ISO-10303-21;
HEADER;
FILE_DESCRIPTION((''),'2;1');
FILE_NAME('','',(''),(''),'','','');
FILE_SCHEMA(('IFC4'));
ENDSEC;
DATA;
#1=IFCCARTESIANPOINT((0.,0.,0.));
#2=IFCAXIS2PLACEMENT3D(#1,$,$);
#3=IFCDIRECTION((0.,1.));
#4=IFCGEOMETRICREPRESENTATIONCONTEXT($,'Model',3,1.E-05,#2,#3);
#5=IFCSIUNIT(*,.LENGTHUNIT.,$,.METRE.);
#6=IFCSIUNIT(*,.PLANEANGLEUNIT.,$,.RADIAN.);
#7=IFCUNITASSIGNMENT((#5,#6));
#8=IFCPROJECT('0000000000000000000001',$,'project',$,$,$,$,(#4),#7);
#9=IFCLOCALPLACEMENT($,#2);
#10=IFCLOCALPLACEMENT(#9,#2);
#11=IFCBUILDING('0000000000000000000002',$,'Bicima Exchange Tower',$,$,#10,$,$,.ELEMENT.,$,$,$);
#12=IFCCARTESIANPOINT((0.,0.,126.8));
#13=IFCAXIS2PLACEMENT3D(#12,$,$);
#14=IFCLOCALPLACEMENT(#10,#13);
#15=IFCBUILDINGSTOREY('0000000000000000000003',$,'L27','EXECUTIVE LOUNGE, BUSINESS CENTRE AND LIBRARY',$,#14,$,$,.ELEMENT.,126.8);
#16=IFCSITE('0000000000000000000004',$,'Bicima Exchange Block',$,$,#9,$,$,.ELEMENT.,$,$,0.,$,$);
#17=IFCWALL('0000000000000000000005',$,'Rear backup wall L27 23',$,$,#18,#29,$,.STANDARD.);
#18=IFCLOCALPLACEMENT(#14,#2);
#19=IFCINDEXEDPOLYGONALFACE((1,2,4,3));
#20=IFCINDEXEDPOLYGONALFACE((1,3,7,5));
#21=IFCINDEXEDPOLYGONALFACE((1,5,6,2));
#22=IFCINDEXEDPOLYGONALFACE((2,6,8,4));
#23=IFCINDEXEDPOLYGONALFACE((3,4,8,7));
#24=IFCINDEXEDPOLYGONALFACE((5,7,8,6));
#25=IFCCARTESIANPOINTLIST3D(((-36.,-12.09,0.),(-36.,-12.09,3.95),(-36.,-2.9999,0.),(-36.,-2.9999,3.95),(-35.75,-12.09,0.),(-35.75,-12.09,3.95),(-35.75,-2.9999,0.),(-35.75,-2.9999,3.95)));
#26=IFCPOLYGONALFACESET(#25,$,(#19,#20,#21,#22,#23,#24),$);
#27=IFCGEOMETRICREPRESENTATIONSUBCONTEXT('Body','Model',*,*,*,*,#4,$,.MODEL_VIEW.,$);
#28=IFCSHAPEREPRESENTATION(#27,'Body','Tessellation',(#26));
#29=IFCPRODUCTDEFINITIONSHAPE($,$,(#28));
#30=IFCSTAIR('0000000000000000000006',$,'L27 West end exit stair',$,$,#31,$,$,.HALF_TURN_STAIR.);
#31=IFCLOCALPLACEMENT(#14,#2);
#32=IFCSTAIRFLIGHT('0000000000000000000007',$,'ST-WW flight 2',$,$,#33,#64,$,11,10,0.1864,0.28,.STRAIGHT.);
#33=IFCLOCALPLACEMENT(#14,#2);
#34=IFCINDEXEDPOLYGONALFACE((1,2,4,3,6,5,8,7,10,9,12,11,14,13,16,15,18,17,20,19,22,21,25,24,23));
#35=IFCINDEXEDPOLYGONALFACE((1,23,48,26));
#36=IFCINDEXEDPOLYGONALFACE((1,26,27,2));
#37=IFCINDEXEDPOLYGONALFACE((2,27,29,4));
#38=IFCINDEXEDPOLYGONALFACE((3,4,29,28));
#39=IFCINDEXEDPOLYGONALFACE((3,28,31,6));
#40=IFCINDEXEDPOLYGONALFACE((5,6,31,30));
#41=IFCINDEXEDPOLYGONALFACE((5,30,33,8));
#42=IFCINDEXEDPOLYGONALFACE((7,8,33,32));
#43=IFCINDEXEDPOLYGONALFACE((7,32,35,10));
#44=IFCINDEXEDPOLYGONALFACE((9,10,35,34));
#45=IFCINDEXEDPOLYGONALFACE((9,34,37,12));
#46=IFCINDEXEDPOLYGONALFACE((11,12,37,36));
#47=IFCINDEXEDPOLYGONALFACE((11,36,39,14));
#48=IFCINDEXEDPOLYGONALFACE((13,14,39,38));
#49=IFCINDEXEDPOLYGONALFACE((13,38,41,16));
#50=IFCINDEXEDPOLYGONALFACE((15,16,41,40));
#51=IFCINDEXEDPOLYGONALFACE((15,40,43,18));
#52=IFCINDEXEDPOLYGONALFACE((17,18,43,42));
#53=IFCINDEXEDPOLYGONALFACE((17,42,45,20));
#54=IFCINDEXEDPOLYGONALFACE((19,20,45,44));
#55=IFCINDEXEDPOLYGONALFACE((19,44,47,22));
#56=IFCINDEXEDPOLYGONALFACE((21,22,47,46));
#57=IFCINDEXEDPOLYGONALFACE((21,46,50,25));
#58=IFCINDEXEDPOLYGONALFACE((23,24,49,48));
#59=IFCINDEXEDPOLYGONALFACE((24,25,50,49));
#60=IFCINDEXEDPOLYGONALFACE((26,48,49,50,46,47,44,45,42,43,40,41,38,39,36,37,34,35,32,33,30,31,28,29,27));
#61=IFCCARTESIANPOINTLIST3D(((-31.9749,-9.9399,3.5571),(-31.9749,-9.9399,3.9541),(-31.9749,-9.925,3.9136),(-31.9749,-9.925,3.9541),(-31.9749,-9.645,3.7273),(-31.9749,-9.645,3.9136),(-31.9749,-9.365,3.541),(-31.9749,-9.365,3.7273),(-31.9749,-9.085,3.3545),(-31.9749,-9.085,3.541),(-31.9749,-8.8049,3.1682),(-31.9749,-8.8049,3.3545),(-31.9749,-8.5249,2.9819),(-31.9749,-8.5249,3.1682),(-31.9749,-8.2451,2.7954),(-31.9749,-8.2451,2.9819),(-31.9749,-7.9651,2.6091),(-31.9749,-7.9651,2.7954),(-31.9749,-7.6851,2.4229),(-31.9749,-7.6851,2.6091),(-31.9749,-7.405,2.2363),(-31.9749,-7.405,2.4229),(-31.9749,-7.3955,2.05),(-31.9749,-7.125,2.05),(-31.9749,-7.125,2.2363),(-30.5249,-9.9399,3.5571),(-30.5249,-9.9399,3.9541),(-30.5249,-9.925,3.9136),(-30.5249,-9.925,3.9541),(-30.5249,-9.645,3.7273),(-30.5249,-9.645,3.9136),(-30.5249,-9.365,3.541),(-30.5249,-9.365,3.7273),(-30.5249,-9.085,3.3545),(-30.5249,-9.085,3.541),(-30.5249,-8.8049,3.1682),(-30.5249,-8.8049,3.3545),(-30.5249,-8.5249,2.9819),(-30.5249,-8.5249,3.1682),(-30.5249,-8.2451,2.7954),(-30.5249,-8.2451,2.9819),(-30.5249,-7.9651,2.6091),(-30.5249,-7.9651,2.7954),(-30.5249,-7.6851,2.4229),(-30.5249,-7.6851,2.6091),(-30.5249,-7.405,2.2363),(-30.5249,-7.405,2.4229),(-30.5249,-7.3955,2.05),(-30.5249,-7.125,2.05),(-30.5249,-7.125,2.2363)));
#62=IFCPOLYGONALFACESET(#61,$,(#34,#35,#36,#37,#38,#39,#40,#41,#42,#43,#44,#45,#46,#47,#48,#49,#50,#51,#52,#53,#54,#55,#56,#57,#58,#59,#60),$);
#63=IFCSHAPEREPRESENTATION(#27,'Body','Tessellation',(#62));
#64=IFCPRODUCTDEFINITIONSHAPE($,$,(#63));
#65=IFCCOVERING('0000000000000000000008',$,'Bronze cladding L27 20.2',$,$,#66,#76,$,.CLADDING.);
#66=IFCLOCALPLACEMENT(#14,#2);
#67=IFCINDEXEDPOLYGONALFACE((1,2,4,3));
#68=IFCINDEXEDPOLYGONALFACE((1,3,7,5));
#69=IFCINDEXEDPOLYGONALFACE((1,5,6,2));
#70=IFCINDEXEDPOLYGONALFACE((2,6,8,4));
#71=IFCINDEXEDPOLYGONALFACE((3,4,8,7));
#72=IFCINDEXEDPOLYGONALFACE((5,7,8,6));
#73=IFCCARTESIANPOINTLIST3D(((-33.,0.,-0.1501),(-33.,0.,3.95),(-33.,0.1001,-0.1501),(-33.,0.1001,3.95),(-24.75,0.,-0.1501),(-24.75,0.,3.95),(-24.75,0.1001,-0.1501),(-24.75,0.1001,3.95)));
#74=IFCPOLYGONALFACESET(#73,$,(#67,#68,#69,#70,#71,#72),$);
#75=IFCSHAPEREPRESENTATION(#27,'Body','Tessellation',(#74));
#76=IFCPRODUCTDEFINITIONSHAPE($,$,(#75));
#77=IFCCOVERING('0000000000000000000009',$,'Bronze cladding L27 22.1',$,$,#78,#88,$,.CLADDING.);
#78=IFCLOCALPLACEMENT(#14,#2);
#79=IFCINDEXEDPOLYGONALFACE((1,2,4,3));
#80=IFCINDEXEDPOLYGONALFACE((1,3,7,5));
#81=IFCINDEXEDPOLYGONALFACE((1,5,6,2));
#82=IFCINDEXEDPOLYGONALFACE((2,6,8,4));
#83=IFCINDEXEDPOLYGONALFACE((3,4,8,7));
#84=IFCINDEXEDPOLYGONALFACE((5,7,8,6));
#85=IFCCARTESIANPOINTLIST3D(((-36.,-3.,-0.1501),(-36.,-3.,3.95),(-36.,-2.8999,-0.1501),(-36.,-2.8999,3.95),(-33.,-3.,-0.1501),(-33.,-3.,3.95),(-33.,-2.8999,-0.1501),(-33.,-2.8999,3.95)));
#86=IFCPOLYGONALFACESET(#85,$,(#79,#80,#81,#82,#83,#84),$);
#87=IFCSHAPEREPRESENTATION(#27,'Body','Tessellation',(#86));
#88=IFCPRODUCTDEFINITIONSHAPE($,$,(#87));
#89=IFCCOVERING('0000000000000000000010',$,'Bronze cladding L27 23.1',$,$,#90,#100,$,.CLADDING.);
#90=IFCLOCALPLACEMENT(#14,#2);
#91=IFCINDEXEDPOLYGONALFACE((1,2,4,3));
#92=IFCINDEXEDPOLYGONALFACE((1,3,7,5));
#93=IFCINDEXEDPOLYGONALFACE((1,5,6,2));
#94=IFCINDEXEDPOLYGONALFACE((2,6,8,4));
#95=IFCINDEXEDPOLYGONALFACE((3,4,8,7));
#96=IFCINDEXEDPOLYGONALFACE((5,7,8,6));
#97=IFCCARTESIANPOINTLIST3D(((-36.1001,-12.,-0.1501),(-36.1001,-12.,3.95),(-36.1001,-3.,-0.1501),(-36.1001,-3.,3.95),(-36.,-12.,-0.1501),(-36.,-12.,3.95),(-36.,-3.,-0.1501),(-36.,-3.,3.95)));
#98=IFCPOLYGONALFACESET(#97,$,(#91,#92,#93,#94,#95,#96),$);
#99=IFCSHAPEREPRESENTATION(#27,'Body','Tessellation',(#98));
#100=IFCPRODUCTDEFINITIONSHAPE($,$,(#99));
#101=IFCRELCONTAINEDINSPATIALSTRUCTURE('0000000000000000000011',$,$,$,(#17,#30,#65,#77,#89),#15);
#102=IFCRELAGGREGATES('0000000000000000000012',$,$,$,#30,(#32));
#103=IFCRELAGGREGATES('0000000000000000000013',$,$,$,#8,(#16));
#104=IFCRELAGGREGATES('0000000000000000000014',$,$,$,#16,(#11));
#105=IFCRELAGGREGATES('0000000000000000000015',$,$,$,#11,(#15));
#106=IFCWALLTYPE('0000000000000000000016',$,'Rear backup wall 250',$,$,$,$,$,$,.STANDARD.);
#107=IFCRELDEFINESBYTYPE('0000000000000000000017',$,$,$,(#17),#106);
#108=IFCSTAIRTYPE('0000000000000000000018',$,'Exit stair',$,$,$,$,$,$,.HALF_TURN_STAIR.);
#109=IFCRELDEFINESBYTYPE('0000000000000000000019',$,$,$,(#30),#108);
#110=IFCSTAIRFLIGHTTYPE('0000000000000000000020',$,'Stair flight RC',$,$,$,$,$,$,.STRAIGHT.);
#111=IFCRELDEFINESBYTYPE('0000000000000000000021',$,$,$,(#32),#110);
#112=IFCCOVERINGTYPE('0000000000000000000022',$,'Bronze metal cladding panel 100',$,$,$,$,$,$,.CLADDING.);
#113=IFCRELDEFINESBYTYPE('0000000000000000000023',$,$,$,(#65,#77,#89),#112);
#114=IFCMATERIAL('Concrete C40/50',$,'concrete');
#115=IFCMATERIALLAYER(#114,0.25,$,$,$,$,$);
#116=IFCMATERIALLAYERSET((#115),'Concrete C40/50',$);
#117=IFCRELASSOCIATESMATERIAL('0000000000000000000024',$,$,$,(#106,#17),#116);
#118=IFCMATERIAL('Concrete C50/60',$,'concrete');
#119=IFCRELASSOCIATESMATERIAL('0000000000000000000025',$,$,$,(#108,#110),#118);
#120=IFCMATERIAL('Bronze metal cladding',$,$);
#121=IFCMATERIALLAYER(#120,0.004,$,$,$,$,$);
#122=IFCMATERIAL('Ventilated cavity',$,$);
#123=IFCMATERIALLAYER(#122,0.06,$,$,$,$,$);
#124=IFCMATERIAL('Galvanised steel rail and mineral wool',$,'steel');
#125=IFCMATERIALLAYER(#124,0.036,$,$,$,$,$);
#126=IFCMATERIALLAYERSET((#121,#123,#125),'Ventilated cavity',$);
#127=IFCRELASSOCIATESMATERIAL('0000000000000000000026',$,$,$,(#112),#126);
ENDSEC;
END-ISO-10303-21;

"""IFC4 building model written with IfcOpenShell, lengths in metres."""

from ifc_helpers import new_model, si_unit, direction, frame, frame_2d, origin, origin_2d, place, context, subcontext, project, spatial, polyline, rectangle, outline, extrude, material, layer, layer_set, layer_usage, type_object, element, aggregate, save


model = new_model("IFC4")

# Units and contexts
model_context = context("Model", 3, precision=1e-05, world=origin(), true_north=direction((0.0, 1.0)))
body_context = subcontext(model_context, "Body", "Model", "MODEL_VIEW")
ifc_project = project(units=[si_unit("LENGTHUNIT", "METRE"), si_unit("PLANEANGLEUNIT", "RADIAN")], contexts=[model_context])

# Site, building, storey
site_placement = place(None, origin())
site = spatial("IfcSite", under=ifc_project, at=site_placement, Name="Bicima Exchange Block", CompositionType="ELEMENT", RefElevation=0.0)
building_placement = place(site_placement, origin())
building = spatial("IfcBuilding", under=site, at=building_placement, Name="Bicima Exchange Tower", CompositionType="ELEMENT")
storey_placement = place(building_placement, frame((0.0, 0.0, 126.8)))
storey = spatial("IfcBuildingStorey", under=building, at=storey_placement, Name="L27", Description="EXECUTIVE LOUNGE, BUSINESS CENTRE AND LIBRARY", CompositionType="ELEMENT", Elevation=126.8)

# Wall
ifc_material_1 = material(Name="Concrete C50/60", Category="concrete")
ifc_material_2 = material(Name="Concrete C40/50", Category="concrete")
ifc_layer_1 = layer(ifc_material_2, 0.25)
ifc_layer_set_1 = layer_set([ifc_layer_1], Name="Concrete C40/50")
ifc_layer_usage = layer_usage(ifc_layer_set_1, "AXIS2", "POSITIVE", -0.125)
wall_type_1 = type_object("IfcWallType", Name="Rear backup wall 250", PredefinedType="STANDARD", material=ifc_layer_set_1)
wall_1_placement = place(storey_placement, frame((-35.875, -3.0, 0.0), z_axis=(0.0, 0.0, 1.0), x_axis=(0.0, -1.0, 0.0)))
element("IfcWall", 1, at=wall_1_placement, inside=storey, type_object=wall_type_1, material=ifc_layer_usage, Name="Rear backup wall L27 23", PredefinedType="STANDARD", context=body_context, shape_type="SweptSolid", body=[
    extrude(rectangle(XDim=9.0901, YDim=0.25, at=frame_2d((4.5449, 0.0))), origin(), (0.0, 0.0, 1.0), 3.95),
])

# Stair, stair flight
stair_type = type_object("IfcStairType", Name="Exit stair", PredefinedType="HALF_TURN_STAIR", material=ifc_material_1)
stair_placement = place(storey_placement, origin())
stair = element("IfcStair", 2, at=stair_placement, inside=storey, type_object=stair_type, Name="L27 West end exit stair", PredefinedType="HALF_TURN_STAIR")
stair_flight_type = type_object("IfcStairFlightType", Name="Stair flight RC", PredefinedType="STRAIGHT", material=ifc_material_1)
stair_flight_placement = place(storey_placement, frame((-31.25, -7.125, 2.05), z_axis=(0.0, 0.0, 1.0), x_axis=(0.0, -1.0, 0.0)))
stair_flight = element("IfcStairFlight", 3, at=stair_flight_placement, type_object=stair_flight_type, Name="ST-WW flight 2", NumberOfRisers=11, NumberOfTreads=10, PredefinedType="STRAIGHT", RiserHeight=0.1864, TreadLength=0.28, context=body_context, shape_type="SweptSolid", body=[
    extrude(outline(polyline([(0.0, 0.0), (0.0, 0.1863), (0.28, 0.1863), (0.28, 0.3728), (0.5601, 0.3728), (0.5601, 0.5591), (0.8401, 0.5591), (0.8401, 0.7454), (1.1201, 0.7454), (1.1201, 0.9319), (1.3999, 0.9319), (1.3999, 1.1182), (1.6799, 1.1182), (1.6799, 1.3044), (1.96, 1.3044), (1.96, 1.491), (2.24, 1.491), (2.24, 1.6772), (2.52, 1.6772), (2.52, 1.8635), (2.8, 1.8635), (2.8, 1.9041), (2.8149, 1.9041), (2.8149, 1.5071), (0.2705, 0.0), (0.0, 0.0)])), frame((0.0, 0.7251, 0.0), z_axis=(0.0, -1.0, 0.0), x_axis=(1.0, 0.0, 0.0)), (0.0, 0.0, 1.0), 1.45),
])
aggregate(stair, [stair_flight])

# Coverings
ifc_material_3 = material(Name="Bronze metal cladding")
ifc_layer_2 = layer(ifc_material_3, 0.004)
ifc_material_4 = material(Name="Ventilated cavity")
ifc_layer_3 = layer(ifc_material_4, 0.06)
ifc_material_5 = material(Name="Galvanised steel rail and mineral wool", Category="steel")
ifc_layer_4 = layer(ifc_material_5, 0.036)
ifc_layer_set_2 = layer_set([ifc_layer_2, ifc_layer_3, ifc_layer_4], Name="Ventilated cavity")
covering_type = type_object("IfcCoveringType", Name="Bronze metal cladding panel 100", PredefinedType="CLADDING", material=ifc_layer_set_2)
covering_1_placement = place(storey_placement, frame((-28.875, 0.05, -0.1501), z_axis=(0.0, 0.0, 1.0), x_axis=(-1.0, 0.0, 0.0)))
element("IfcCovering", 4, at=covering_1_placement, inside=storey, type_object=covering_type, Name="Bronze cladding L27 20.2", PredefinedType="CLADDING", context=body_context, shape_type="SweptSolid", body=[
    extrude(rectangle(XDim=8.25, YDim=0.1001, at=origin_2d()), origin(), (0.0, 0.0, 1.0), 4.1001),
])
covering_2_placement = place(storey_placement, frame((-34.5, -2.95, -0.1501), z_axis=(0.0, 0.0, 1.0), x_axis=(-1.0, 0.0, 0.0)))
element("IfcCovering", 5, at=covering_2_placement, inside=storey, type_object=covering_type, Name="Bronze cladding L27 22.1", PredefinedType="CLADDING", context=body_context, shape_type="SweptSolid", body=[
    extrude(rectangle(XDim=3.0, YDim=0.1001, at=origin_2d()), origin(), (0.0, 0.0, 1.0), 4.1001),
])
covering_3_placement = place(storey_placement, frame((-36.05, -7.5, -0.1501), z_axis=(0.0, 0.0, 1.0), x_axis=(0.0, -1.0, 0.0)))
element("IfcCovering", 6, at=covering_3_placement, inside=storey, type_object=covering_type, Name="Bronze cladding L27 23.1", PredefinedType="CLADDING", context=body_context, shape_type="SweptSolid", body=[
    extrude(rectangle(XDim=9.0, YDim=0.1001, at=origin_2d()), origin(), (0.0, 0.0, 1.0), 4.1001),
])

save(model, "model.ifc")
